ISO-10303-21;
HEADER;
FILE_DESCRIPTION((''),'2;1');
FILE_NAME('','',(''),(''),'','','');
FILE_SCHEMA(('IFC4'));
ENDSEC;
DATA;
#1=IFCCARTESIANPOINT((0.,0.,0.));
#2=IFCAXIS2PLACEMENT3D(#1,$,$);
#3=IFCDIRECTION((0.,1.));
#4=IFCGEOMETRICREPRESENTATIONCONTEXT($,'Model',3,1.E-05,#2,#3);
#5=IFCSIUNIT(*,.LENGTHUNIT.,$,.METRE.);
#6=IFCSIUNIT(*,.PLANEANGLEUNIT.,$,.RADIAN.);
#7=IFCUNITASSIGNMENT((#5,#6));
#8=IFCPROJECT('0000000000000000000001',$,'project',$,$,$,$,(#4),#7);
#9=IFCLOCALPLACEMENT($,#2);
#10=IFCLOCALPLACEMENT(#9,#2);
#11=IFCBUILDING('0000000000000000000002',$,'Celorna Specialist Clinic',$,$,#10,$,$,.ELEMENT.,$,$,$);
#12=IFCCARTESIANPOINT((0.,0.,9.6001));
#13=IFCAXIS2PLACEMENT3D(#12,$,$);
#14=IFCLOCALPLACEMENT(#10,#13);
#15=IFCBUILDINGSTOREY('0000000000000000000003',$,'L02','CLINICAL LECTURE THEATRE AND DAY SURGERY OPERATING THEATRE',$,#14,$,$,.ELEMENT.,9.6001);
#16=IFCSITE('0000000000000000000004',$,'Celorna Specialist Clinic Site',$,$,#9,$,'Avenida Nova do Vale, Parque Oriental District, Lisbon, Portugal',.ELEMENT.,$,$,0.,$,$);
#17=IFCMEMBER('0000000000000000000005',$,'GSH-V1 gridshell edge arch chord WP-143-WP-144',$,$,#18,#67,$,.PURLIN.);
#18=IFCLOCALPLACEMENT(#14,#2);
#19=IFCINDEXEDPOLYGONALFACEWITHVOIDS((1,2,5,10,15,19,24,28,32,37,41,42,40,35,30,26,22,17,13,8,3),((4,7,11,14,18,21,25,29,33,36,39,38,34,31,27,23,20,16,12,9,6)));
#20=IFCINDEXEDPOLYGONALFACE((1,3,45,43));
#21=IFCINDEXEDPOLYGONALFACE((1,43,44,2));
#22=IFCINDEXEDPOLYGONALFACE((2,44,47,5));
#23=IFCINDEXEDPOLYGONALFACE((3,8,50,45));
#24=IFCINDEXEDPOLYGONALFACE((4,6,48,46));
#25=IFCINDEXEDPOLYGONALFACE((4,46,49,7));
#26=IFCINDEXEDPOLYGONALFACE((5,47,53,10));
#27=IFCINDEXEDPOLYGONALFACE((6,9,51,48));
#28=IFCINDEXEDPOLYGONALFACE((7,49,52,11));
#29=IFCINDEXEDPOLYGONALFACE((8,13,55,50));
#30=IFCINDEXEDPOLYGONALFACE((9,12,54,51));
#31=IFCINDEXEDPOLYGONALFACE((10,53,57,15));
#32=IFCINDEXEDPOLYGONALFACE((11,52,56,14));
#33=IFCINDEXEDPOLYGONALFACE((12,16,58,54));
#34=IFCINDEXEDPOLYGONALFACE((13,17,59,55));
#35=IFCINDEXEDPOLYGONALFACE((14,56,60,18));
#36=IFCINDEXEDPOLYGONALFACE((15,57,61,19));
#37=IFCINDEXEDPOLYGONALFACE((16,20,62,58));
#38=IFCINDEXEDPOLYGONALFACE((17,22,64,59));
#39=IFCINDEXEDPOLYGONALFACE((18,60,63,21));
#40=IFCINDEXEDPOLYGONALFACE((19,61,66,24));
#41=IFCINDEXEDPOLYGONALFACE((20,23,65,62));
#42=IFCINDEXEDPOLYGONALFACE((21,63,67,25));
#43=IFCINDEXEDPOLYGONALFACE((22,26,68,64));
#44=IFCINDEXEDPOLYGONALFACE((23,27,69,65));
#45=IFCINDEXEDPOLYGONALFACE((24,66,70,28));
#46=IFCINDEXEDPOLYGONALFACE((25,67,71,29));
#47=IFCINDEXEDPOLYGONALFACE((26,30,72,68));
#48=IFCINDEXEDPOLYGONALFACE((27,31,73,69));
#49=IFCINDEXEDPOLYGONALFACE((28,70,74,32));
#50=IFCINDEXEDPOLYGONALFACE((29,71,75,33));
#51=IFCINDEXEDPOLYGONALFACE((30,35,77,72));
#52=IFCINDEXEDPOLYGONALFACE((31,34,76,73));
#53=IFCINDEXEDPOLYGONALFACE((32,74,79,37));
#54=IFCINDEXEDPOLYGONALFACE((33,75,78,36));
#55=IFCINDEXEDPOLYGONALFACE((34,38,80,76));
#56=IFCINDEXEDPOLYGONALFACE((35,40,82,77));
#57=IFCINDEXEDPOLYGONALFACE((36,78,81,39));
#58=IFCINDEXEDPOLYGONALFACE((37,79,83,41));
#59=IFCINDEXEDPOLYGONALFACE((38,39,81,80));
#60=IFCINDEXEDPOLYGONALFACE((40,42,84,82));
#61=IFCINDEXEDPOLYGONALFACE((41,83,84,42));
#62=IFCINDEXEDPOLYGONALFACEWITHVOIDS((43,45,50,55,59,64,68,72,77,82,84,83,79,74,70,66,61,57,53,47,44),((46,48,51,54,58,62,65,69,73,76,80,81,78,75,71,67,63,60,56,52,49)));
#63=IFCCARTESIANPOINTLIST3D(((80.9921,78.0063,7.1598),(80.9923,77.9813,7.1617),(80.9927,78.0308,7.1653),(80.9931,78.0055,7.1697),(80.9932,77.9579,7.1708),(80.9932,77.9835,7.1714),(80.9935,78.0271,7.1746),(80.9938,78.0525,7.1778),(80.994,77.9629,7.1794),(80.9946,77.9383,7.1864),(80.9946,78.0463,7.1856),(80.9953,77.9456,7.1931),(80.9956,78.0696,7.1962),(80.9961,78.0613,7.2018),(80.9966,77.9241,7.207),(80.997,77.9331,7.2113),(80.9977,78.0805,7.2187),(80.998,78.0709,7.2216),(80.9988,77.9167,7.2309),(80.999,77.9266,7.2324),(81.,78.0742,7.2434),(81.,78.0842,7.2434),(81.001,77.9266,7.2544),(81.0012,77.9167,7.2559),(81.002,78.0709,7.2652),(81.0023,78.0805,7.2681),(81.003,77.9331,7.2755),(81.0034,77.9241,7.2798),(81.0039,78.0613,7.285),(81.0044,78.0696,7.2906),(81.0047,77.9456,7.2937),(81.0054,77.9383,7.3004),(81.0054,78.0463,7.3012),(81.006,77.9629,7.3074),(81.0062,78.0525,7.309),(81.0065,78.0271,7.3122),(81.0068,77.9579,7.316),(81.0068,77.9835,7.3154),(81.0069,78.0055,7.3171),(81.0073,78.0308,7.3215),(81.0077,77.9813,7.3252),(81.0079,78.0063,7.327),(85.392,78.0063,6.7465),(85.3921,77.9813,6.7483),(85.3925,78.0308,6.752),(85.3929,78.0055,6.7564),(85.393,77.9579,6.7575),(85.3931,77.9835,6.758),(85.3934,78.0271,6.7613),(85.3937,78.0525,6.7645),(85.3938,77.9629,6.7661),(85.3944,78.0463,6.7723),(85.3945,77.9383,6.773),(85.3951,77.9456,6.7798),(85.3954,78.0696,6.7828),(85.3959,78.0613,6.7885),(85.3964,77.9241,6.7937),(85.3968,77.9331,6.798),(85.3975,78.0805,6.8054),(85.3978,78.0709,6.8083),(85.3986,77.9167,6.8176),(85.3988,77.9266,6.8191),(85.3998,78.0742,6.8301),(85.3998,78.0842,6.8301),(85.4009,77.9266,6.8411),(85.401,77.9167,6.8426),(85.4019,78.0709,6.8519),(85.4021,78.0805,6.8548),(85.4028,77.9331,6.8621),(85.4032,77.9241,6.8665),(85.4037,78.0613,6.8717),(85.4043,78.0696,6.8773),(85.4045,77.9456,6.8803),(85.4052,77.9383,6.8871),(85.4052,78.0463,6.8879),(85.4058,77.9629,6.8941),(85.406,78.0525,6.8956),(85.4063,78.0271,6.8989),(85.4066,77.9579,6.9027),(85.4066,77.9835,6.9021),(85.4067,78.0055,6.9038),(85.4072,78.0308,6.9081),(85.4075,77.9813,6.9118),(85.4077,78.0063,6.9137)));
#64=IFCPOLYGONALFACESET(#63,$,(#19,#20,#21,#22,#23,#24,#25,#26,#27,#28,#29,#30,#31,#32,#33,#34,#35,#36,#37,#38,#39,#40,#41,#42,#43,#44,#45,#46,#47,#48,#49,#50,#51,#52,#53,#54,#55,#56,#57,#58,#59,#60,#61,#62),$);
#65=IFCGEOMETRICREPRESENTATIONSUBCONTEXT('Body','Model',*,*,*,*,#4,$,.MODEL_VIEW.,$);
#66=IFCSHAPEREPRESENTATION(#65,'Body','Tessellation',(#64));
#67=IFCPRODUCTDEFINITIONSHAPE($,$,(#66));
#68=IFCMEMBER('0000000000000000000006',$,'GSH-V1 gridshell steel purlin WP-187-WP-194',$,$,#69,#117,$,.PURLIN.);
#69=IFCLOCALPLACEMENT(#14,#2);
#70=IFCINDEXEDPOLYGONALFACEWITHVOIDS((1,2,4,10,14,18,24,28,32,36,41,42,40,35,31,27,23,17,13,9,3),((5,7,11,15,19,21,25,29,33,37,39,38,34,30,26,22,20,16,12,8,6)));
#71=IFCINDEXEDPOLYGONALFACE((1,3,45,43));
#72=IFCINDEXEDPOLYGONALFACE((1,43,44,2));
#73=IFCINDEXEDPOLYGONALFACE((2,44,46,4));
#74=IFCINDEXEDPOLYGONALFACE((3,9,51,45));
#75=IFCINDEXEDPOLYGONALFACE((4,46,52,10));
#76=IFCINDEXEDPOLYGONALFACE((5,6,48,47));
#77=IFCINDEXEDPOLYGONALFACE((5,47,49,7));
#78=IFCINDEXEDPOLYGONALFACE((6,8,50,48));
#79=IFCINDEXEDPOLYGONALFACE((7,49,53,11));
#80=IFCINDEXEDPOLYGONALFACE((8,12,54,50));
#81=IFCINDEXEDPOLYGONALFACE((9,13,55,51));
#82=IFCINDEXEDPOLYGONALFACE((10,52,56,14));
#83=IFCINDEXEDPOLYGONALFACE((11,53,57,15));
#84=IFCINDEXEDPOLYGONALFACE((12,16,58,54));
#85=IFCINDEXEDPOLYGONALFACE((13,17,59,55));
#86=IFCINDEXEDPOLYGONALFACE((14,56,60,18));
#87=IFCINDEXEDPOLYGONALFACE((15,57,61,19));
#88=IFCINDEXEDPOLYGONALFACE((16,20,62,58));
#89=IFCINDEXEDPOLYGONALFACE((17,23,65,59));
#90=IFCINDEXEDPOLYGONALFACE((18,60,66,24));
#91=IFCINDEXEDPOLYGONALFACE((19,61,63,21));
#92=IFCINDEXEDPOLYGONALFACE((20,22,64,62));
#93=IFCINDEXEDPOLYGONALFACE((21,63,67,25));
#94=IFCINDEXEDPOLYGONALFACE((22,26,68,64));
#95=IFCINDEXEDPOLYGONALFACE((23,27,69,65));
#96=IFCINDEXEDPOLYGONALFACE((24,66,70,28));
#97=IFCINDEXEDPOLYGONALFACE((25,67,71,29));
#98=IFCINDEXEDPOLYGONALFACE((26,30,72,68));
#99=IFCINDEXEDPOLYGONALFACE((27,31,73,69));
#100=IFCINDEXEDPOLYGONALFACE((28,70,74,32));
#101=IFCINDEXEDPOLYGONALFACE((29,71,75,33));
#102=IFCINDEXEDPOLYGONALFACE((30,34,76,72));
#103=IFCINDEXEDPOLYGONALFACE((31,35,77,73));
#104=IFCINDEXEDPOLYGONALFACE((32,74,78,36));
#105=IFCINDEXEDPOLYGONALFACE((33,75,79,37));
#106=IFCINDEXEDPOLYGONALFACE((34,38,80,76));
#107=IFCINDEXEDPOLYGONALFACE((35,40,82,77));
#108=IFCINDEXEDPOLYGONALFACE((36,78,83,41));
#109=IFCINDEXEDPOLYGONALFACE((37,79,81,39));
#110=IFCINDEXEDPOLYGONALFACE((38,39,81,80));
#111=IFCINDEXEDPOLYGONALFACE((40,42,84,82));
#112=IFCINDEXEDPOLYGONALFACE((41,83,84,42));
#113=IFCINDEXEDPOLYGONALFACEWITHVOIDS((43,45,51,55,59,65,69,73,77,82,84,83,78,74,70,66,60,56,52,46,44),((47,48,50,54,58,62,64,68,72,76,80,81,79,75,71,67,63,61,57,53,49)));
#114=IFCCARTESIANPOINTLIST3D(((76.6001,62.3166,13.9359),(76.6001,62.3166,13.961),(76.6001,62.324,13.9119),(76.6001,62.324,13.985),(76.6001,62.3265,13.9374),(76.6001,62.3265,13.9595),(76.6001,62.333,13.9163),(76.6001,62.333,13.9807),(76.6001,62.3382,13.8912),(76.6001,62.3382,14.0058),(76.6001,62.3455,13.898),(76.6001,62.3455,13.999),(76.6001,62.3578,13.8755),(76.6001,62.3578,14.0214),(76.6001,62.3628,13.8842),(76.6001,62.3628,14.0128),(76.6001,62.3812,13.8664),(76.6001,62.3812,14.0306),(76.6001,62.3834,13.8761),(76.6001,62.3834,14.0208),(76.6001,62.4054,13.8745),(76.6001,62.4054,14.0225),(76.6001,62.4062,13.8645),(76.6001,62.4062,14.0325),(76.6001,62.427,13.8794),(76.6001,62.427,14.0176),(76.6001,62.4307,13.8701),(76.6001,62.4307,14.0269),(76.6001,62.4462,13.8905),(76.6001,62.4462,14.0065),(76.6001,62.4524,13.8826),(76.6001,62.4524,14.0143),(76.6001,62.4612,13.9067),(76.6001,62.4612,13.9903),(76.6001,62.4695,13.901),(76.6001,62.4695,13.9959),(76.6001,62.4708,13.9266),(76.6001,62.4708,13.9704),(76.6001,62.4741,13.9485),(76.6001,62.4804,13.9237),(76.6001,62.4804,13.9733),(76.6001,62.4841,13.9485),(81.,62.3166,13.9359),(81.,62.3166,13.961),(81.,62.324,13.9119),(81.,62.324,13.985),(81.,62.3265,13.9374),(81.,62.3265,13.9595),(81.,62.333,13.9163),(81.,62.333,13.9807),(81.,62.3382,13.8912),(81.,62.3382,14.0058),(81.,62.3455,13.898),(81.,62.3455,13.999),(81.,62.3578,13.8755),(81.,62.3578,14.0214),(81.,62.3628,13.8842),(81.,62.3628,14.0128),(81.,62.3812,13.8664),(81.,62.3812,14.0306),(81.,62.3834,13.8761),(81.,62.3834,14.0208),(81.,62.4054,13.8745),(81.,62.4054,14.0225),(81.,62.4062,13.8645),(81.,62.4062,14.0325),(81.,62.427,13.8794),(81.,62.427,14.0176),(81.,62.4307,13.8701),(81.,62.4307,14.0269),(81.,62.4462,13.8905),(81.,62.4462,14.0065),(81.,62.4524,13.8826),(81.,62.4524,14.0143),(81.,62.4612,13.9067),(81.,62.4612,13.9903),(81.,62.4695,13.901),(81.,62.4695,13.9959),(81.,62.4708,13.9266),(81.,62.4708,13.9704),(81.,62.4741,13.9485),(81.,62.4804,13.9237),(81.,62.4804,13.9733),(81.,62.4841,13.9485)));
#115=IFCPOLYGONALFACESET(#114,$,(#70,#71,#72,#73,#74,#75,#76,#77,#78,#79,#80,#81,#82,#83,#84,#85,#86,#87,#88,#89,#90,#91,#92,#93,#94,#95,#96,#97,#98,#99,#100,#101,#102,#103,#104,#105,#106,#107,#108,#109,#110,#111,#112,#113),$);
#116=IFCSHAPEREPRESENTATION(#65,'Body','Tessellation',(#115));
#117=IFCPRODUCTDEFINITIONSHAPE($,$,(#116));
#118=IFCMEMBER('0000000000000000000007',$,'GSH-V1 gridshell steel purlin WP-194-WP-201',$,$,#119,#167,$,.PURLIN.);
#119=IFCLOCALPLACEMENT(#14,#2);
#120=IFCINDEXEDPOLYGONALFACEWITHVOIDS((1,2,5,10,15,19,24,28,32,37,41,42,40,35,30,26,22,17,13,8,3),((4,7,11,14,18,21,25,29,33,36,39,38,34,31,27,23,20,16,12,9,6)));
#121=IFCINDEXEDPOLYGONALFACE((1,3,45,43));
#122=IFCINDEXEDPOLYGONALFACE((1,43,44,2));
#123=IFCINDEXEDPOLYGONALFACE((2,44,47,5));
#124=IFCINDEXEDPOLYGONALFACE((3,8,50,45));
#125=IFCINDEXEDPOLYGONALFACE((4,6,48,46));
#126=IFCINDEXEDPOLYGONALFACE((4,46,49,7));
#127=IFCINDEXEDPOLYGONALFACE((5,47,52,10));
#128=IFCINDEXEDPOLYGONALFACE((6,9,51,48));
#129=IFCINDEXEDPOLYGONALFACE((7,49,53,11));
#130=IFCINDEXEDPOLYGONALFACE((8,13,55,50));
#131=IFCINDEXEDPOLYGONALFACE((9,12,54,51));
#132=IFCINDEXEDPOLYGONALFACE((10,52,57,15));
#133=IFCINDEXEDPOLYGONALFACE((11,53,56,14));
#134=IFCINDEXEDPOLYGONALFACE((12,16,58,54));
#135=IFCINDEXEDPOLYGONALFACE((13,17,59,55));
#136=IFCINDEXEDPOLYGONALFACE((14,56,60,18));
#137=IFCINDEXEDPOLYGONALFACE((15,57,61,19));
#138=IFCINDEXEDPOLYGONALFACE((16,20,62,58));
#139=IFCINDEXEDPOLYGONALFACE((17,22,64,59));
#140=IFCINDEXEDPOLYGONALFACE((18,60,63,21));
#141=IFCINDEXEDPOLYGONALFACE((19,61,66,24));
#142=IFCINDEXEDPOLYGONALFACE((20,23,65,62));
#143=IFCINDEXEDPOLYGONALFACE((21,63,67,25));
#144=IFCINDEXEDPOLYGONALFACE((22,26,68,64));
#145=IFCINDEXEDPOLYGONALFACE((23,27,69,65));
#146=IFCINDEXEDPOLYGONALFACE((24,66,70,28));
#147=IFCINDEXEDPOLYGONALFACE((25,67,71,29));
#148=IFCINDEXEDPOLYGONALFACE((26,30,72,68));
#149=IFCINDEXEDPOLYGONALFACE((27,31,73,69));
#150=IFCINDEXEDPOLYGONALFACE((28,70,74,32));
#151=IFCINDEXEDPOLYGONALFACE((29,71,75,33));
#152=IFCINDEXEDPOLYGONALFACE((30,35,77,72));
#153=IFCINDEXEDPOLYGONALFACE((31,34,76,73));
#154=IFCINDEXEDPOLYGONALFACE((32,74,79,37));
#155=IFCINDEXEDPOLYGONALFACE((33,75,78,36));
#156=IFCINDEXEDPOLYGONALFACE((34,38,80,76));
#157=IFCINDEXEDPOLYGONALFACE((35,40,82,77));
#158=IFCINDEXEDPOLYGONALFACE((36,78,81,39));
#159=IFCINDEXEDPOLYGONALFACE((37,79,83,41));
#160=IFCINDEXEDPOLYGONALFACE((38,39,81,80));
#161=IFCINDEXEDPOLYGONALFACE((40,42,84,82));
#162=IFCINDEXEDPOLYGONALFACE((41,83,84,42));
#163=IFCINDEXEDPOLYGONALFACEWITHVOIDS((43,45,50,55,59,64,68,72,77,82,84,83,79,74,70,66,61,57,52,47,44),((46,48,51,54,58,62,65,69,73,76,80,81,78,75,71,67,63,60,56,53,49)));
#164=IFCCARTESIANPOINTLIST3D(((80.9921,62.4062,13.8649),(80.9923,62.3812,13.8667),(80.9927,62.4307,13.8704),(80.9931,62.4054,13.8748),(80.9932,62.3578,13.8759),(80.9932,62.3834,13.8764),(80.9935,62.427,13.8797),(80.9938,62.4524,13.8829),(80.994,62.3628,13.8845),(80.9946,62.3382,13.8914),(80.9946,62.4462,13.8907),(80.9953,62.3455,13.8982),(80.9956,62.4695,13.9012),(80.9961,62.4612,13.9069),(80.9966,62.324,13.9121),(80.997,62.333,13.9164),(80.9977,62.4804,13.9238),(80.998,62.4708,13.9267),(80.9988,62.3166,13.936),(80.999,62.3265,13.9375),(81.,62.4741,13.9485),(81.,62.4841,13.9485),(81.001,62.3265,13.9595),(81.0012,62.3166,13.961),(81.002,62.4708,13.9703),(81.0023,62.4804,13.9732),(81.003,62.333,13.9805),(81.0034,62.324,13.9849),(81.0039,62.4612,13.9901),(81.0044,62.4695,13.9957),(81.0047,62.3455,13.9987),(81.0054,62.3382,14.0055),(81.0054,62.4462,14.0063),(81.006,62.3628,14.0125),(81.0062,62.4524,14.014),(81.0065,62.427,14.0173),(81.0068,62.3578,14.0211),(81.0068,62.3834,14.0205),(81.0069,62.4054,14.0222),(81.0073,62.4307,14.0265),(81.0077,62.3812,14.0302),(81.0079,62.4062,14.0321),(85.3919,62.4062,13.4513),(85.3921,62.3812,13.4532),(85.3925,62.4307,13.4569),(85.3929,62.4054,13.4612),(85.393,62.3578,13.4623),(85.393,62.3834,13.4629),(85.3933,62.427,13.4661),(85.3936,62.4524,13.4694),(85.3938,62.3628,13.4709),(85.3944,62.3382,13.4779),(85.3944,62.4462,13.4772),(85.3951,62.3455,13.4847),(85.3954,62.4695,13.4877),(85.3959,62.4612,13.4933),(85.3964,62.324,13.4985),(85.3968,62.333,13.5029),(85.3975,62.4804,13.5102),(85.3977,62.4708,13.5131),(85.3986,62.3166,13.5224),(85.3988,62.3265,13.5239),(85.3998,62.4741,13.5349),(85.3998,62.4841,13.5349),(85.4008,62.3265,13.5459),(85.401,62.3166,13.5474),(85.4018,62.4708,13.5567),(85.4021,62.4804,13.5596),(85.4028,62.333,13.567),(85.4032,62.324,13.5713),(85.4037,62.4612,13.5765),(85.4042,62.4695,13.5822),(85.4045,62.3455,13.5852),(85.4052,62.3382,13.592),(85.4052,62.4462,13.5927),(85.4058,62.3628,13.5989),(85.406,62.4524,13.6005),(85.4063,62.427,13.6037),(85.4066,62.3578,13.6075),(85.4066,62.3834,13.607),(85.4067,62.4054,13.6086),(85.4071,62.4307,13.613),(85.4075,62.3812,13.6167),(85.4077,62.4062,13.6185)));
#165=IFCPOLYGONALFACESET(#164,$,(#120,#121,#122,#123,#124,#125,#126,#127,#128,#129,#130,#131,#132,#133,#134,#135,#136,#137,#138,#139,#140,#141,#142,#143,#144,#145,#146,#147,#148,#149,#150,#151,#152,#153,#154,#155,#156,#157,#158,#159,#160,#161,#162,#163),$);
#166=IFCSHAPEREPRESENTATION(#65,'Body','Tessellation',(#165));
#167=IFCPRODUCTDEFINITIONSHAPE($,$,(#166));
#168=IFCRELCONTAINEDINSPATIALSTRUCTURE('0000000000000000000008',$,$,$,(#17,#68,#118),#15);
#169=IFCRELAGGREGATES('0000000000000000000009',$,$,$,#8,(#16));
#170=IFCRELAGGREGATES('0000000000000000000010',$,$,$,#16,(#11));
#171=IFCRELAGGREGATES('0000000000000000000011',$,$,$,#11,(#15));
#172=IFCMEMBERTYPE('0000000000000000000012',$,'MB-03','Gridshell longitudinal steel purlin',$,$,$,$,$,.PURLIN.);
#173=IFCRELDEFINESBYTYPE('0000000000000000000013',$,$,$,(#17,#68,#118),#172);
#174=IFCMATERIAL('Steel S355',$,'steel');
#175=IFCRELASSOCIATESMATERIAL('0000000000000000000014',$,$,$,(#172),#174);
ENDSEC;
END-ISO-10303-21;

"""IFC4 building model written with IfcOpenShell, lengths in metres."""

from ifc_helpers import new_model, si_unit, direction, frame, origin, origin_2d, place, context, subcontext, project, spatial, hollow_circle, extrude, material, material_profile, profile_set, type_object, element, save


model = new_model("IFC4")

# Units and contexts
model_context = context("Model", 3, precision=1e-05, world=origin(), true_north=direction((0.0, 1.0)))
body_context = subcontext(model_context, "Body", "Model", "MODEL_VIEW")
ifc_project = project(units=[si_unit("LENGTHUNIT", "METRE"), si_unit("PLANEANGLEUNIT", "RADIAN")], contexts=[model_context])

# Site, building, storey
site_placement = place(None, origin())
site = spatial("IfcSite", under=ifc_project, at=site_placement, Name="Celorna Specialist Clinic Site", LongName="Avenida Nova do Vale, Parque Oriental District, Lisbon, Portugal", CompositionType="ELEMENT", RefElevation=0.0)
building_placement = place(site_placement, origin())
building = spatial("IfcBuilding", under=site, at=building_placement, Name="Celorna Specialist Clinic", CompositionType="ELEMENT")
storey_placement = place(building_placement, frame((0.0, 0.0, 9.6001)))
storey = spatial("IfcBuildingStorey", under=building, at=storey_placement, Name="L02", Description="CLINICAL LECTURE THEATRE AND DAY SURGERY OPERATING THEATRE", CompositionType="ELEMENT", Elevation=9.6001)

# Shared definitions
ifc_material_1 = material(Name="Steel S355", Category="steel")

# Members
ifc_material_profile_1 = material_profile(ifc_material_1, hollow_circle(Radius=0.0842, WallThickness=0.01, at=origin_2d()), Name="CHS 168.3x10")
ifc_profile_set_1 = profile_set([ifc_material_profile_1], Name="Steel S355")
member_type_1 = type_object("IfcMemberType", Name="MB-03", Description="Gridshell longitudinal steel purlin", PredefinedType="PURLIN", material=ifc_profile_set_1)
member_1_placement = place(storey_placement, frame((81.0, 78.0, 7.2434), z_axis=(0.995617, 0.0, -0.093529), x_axis=(0.0, 1.0, 0.0)))
element("IfcMember", 1, at=member_1_placement, inside=storey, type_object=member_type_1, Name="GSH-V1 gridshell edge arch chord WP-143-WP-144", PredefinedType="PURLIN", context=body_context, shape_type="SweptSolid", body=[
    extrude(hollow_circle(Radius=0.0842, WallThickness=0.01, at=origin_2d()), origin(), (0.0, 0.0, 1.0), 4.4192),
])
member_2_placement = place(storey_placement, frame((76.6001, 62.3999, 13.9485), z_axis=(1.0, 0.0, 0.0), x_axis=(0.0, 1.0, 0.0)))
element("IfcMember", 2, at=member_2_placement, inside=storey, type_object=member_type_1, Name="GSH-V1 gridshell steel purlin WP-187-WP-194", PredefinedType="PURLIN", context=body_context, shape_type="SweptSolid", body=[
    extrude(hollow_circle(Radius=0.0842, WallThickness=0.01, at=origin_2d()), origin(), (0.0, 0.0, 1.0), 4.3999),
])
member_3_placement = place(storey_placement, frame((81.0, 62.3999, 13.9485), z_axis=(0.995611, 0.0, -0.093584), x_axis=(0.0, 1.0, 0.0)))
element("IfcMember", 3, at=member_3_placement, inside=storey, type_object=member_type_1, Name="GSH-V1 gridshell steel purlin WP-194-WP-201", PredefinedType="PURLIN", context=body_context, shape_type="SweptSolid", body=[
    extrude(hollow_circle(Radius=0.0842, WallThickness=0.01, at=origin_2d()), origin(), (0.0, 0.0, 1.0), 4.4192),
])

save(model, "model.ifc")
